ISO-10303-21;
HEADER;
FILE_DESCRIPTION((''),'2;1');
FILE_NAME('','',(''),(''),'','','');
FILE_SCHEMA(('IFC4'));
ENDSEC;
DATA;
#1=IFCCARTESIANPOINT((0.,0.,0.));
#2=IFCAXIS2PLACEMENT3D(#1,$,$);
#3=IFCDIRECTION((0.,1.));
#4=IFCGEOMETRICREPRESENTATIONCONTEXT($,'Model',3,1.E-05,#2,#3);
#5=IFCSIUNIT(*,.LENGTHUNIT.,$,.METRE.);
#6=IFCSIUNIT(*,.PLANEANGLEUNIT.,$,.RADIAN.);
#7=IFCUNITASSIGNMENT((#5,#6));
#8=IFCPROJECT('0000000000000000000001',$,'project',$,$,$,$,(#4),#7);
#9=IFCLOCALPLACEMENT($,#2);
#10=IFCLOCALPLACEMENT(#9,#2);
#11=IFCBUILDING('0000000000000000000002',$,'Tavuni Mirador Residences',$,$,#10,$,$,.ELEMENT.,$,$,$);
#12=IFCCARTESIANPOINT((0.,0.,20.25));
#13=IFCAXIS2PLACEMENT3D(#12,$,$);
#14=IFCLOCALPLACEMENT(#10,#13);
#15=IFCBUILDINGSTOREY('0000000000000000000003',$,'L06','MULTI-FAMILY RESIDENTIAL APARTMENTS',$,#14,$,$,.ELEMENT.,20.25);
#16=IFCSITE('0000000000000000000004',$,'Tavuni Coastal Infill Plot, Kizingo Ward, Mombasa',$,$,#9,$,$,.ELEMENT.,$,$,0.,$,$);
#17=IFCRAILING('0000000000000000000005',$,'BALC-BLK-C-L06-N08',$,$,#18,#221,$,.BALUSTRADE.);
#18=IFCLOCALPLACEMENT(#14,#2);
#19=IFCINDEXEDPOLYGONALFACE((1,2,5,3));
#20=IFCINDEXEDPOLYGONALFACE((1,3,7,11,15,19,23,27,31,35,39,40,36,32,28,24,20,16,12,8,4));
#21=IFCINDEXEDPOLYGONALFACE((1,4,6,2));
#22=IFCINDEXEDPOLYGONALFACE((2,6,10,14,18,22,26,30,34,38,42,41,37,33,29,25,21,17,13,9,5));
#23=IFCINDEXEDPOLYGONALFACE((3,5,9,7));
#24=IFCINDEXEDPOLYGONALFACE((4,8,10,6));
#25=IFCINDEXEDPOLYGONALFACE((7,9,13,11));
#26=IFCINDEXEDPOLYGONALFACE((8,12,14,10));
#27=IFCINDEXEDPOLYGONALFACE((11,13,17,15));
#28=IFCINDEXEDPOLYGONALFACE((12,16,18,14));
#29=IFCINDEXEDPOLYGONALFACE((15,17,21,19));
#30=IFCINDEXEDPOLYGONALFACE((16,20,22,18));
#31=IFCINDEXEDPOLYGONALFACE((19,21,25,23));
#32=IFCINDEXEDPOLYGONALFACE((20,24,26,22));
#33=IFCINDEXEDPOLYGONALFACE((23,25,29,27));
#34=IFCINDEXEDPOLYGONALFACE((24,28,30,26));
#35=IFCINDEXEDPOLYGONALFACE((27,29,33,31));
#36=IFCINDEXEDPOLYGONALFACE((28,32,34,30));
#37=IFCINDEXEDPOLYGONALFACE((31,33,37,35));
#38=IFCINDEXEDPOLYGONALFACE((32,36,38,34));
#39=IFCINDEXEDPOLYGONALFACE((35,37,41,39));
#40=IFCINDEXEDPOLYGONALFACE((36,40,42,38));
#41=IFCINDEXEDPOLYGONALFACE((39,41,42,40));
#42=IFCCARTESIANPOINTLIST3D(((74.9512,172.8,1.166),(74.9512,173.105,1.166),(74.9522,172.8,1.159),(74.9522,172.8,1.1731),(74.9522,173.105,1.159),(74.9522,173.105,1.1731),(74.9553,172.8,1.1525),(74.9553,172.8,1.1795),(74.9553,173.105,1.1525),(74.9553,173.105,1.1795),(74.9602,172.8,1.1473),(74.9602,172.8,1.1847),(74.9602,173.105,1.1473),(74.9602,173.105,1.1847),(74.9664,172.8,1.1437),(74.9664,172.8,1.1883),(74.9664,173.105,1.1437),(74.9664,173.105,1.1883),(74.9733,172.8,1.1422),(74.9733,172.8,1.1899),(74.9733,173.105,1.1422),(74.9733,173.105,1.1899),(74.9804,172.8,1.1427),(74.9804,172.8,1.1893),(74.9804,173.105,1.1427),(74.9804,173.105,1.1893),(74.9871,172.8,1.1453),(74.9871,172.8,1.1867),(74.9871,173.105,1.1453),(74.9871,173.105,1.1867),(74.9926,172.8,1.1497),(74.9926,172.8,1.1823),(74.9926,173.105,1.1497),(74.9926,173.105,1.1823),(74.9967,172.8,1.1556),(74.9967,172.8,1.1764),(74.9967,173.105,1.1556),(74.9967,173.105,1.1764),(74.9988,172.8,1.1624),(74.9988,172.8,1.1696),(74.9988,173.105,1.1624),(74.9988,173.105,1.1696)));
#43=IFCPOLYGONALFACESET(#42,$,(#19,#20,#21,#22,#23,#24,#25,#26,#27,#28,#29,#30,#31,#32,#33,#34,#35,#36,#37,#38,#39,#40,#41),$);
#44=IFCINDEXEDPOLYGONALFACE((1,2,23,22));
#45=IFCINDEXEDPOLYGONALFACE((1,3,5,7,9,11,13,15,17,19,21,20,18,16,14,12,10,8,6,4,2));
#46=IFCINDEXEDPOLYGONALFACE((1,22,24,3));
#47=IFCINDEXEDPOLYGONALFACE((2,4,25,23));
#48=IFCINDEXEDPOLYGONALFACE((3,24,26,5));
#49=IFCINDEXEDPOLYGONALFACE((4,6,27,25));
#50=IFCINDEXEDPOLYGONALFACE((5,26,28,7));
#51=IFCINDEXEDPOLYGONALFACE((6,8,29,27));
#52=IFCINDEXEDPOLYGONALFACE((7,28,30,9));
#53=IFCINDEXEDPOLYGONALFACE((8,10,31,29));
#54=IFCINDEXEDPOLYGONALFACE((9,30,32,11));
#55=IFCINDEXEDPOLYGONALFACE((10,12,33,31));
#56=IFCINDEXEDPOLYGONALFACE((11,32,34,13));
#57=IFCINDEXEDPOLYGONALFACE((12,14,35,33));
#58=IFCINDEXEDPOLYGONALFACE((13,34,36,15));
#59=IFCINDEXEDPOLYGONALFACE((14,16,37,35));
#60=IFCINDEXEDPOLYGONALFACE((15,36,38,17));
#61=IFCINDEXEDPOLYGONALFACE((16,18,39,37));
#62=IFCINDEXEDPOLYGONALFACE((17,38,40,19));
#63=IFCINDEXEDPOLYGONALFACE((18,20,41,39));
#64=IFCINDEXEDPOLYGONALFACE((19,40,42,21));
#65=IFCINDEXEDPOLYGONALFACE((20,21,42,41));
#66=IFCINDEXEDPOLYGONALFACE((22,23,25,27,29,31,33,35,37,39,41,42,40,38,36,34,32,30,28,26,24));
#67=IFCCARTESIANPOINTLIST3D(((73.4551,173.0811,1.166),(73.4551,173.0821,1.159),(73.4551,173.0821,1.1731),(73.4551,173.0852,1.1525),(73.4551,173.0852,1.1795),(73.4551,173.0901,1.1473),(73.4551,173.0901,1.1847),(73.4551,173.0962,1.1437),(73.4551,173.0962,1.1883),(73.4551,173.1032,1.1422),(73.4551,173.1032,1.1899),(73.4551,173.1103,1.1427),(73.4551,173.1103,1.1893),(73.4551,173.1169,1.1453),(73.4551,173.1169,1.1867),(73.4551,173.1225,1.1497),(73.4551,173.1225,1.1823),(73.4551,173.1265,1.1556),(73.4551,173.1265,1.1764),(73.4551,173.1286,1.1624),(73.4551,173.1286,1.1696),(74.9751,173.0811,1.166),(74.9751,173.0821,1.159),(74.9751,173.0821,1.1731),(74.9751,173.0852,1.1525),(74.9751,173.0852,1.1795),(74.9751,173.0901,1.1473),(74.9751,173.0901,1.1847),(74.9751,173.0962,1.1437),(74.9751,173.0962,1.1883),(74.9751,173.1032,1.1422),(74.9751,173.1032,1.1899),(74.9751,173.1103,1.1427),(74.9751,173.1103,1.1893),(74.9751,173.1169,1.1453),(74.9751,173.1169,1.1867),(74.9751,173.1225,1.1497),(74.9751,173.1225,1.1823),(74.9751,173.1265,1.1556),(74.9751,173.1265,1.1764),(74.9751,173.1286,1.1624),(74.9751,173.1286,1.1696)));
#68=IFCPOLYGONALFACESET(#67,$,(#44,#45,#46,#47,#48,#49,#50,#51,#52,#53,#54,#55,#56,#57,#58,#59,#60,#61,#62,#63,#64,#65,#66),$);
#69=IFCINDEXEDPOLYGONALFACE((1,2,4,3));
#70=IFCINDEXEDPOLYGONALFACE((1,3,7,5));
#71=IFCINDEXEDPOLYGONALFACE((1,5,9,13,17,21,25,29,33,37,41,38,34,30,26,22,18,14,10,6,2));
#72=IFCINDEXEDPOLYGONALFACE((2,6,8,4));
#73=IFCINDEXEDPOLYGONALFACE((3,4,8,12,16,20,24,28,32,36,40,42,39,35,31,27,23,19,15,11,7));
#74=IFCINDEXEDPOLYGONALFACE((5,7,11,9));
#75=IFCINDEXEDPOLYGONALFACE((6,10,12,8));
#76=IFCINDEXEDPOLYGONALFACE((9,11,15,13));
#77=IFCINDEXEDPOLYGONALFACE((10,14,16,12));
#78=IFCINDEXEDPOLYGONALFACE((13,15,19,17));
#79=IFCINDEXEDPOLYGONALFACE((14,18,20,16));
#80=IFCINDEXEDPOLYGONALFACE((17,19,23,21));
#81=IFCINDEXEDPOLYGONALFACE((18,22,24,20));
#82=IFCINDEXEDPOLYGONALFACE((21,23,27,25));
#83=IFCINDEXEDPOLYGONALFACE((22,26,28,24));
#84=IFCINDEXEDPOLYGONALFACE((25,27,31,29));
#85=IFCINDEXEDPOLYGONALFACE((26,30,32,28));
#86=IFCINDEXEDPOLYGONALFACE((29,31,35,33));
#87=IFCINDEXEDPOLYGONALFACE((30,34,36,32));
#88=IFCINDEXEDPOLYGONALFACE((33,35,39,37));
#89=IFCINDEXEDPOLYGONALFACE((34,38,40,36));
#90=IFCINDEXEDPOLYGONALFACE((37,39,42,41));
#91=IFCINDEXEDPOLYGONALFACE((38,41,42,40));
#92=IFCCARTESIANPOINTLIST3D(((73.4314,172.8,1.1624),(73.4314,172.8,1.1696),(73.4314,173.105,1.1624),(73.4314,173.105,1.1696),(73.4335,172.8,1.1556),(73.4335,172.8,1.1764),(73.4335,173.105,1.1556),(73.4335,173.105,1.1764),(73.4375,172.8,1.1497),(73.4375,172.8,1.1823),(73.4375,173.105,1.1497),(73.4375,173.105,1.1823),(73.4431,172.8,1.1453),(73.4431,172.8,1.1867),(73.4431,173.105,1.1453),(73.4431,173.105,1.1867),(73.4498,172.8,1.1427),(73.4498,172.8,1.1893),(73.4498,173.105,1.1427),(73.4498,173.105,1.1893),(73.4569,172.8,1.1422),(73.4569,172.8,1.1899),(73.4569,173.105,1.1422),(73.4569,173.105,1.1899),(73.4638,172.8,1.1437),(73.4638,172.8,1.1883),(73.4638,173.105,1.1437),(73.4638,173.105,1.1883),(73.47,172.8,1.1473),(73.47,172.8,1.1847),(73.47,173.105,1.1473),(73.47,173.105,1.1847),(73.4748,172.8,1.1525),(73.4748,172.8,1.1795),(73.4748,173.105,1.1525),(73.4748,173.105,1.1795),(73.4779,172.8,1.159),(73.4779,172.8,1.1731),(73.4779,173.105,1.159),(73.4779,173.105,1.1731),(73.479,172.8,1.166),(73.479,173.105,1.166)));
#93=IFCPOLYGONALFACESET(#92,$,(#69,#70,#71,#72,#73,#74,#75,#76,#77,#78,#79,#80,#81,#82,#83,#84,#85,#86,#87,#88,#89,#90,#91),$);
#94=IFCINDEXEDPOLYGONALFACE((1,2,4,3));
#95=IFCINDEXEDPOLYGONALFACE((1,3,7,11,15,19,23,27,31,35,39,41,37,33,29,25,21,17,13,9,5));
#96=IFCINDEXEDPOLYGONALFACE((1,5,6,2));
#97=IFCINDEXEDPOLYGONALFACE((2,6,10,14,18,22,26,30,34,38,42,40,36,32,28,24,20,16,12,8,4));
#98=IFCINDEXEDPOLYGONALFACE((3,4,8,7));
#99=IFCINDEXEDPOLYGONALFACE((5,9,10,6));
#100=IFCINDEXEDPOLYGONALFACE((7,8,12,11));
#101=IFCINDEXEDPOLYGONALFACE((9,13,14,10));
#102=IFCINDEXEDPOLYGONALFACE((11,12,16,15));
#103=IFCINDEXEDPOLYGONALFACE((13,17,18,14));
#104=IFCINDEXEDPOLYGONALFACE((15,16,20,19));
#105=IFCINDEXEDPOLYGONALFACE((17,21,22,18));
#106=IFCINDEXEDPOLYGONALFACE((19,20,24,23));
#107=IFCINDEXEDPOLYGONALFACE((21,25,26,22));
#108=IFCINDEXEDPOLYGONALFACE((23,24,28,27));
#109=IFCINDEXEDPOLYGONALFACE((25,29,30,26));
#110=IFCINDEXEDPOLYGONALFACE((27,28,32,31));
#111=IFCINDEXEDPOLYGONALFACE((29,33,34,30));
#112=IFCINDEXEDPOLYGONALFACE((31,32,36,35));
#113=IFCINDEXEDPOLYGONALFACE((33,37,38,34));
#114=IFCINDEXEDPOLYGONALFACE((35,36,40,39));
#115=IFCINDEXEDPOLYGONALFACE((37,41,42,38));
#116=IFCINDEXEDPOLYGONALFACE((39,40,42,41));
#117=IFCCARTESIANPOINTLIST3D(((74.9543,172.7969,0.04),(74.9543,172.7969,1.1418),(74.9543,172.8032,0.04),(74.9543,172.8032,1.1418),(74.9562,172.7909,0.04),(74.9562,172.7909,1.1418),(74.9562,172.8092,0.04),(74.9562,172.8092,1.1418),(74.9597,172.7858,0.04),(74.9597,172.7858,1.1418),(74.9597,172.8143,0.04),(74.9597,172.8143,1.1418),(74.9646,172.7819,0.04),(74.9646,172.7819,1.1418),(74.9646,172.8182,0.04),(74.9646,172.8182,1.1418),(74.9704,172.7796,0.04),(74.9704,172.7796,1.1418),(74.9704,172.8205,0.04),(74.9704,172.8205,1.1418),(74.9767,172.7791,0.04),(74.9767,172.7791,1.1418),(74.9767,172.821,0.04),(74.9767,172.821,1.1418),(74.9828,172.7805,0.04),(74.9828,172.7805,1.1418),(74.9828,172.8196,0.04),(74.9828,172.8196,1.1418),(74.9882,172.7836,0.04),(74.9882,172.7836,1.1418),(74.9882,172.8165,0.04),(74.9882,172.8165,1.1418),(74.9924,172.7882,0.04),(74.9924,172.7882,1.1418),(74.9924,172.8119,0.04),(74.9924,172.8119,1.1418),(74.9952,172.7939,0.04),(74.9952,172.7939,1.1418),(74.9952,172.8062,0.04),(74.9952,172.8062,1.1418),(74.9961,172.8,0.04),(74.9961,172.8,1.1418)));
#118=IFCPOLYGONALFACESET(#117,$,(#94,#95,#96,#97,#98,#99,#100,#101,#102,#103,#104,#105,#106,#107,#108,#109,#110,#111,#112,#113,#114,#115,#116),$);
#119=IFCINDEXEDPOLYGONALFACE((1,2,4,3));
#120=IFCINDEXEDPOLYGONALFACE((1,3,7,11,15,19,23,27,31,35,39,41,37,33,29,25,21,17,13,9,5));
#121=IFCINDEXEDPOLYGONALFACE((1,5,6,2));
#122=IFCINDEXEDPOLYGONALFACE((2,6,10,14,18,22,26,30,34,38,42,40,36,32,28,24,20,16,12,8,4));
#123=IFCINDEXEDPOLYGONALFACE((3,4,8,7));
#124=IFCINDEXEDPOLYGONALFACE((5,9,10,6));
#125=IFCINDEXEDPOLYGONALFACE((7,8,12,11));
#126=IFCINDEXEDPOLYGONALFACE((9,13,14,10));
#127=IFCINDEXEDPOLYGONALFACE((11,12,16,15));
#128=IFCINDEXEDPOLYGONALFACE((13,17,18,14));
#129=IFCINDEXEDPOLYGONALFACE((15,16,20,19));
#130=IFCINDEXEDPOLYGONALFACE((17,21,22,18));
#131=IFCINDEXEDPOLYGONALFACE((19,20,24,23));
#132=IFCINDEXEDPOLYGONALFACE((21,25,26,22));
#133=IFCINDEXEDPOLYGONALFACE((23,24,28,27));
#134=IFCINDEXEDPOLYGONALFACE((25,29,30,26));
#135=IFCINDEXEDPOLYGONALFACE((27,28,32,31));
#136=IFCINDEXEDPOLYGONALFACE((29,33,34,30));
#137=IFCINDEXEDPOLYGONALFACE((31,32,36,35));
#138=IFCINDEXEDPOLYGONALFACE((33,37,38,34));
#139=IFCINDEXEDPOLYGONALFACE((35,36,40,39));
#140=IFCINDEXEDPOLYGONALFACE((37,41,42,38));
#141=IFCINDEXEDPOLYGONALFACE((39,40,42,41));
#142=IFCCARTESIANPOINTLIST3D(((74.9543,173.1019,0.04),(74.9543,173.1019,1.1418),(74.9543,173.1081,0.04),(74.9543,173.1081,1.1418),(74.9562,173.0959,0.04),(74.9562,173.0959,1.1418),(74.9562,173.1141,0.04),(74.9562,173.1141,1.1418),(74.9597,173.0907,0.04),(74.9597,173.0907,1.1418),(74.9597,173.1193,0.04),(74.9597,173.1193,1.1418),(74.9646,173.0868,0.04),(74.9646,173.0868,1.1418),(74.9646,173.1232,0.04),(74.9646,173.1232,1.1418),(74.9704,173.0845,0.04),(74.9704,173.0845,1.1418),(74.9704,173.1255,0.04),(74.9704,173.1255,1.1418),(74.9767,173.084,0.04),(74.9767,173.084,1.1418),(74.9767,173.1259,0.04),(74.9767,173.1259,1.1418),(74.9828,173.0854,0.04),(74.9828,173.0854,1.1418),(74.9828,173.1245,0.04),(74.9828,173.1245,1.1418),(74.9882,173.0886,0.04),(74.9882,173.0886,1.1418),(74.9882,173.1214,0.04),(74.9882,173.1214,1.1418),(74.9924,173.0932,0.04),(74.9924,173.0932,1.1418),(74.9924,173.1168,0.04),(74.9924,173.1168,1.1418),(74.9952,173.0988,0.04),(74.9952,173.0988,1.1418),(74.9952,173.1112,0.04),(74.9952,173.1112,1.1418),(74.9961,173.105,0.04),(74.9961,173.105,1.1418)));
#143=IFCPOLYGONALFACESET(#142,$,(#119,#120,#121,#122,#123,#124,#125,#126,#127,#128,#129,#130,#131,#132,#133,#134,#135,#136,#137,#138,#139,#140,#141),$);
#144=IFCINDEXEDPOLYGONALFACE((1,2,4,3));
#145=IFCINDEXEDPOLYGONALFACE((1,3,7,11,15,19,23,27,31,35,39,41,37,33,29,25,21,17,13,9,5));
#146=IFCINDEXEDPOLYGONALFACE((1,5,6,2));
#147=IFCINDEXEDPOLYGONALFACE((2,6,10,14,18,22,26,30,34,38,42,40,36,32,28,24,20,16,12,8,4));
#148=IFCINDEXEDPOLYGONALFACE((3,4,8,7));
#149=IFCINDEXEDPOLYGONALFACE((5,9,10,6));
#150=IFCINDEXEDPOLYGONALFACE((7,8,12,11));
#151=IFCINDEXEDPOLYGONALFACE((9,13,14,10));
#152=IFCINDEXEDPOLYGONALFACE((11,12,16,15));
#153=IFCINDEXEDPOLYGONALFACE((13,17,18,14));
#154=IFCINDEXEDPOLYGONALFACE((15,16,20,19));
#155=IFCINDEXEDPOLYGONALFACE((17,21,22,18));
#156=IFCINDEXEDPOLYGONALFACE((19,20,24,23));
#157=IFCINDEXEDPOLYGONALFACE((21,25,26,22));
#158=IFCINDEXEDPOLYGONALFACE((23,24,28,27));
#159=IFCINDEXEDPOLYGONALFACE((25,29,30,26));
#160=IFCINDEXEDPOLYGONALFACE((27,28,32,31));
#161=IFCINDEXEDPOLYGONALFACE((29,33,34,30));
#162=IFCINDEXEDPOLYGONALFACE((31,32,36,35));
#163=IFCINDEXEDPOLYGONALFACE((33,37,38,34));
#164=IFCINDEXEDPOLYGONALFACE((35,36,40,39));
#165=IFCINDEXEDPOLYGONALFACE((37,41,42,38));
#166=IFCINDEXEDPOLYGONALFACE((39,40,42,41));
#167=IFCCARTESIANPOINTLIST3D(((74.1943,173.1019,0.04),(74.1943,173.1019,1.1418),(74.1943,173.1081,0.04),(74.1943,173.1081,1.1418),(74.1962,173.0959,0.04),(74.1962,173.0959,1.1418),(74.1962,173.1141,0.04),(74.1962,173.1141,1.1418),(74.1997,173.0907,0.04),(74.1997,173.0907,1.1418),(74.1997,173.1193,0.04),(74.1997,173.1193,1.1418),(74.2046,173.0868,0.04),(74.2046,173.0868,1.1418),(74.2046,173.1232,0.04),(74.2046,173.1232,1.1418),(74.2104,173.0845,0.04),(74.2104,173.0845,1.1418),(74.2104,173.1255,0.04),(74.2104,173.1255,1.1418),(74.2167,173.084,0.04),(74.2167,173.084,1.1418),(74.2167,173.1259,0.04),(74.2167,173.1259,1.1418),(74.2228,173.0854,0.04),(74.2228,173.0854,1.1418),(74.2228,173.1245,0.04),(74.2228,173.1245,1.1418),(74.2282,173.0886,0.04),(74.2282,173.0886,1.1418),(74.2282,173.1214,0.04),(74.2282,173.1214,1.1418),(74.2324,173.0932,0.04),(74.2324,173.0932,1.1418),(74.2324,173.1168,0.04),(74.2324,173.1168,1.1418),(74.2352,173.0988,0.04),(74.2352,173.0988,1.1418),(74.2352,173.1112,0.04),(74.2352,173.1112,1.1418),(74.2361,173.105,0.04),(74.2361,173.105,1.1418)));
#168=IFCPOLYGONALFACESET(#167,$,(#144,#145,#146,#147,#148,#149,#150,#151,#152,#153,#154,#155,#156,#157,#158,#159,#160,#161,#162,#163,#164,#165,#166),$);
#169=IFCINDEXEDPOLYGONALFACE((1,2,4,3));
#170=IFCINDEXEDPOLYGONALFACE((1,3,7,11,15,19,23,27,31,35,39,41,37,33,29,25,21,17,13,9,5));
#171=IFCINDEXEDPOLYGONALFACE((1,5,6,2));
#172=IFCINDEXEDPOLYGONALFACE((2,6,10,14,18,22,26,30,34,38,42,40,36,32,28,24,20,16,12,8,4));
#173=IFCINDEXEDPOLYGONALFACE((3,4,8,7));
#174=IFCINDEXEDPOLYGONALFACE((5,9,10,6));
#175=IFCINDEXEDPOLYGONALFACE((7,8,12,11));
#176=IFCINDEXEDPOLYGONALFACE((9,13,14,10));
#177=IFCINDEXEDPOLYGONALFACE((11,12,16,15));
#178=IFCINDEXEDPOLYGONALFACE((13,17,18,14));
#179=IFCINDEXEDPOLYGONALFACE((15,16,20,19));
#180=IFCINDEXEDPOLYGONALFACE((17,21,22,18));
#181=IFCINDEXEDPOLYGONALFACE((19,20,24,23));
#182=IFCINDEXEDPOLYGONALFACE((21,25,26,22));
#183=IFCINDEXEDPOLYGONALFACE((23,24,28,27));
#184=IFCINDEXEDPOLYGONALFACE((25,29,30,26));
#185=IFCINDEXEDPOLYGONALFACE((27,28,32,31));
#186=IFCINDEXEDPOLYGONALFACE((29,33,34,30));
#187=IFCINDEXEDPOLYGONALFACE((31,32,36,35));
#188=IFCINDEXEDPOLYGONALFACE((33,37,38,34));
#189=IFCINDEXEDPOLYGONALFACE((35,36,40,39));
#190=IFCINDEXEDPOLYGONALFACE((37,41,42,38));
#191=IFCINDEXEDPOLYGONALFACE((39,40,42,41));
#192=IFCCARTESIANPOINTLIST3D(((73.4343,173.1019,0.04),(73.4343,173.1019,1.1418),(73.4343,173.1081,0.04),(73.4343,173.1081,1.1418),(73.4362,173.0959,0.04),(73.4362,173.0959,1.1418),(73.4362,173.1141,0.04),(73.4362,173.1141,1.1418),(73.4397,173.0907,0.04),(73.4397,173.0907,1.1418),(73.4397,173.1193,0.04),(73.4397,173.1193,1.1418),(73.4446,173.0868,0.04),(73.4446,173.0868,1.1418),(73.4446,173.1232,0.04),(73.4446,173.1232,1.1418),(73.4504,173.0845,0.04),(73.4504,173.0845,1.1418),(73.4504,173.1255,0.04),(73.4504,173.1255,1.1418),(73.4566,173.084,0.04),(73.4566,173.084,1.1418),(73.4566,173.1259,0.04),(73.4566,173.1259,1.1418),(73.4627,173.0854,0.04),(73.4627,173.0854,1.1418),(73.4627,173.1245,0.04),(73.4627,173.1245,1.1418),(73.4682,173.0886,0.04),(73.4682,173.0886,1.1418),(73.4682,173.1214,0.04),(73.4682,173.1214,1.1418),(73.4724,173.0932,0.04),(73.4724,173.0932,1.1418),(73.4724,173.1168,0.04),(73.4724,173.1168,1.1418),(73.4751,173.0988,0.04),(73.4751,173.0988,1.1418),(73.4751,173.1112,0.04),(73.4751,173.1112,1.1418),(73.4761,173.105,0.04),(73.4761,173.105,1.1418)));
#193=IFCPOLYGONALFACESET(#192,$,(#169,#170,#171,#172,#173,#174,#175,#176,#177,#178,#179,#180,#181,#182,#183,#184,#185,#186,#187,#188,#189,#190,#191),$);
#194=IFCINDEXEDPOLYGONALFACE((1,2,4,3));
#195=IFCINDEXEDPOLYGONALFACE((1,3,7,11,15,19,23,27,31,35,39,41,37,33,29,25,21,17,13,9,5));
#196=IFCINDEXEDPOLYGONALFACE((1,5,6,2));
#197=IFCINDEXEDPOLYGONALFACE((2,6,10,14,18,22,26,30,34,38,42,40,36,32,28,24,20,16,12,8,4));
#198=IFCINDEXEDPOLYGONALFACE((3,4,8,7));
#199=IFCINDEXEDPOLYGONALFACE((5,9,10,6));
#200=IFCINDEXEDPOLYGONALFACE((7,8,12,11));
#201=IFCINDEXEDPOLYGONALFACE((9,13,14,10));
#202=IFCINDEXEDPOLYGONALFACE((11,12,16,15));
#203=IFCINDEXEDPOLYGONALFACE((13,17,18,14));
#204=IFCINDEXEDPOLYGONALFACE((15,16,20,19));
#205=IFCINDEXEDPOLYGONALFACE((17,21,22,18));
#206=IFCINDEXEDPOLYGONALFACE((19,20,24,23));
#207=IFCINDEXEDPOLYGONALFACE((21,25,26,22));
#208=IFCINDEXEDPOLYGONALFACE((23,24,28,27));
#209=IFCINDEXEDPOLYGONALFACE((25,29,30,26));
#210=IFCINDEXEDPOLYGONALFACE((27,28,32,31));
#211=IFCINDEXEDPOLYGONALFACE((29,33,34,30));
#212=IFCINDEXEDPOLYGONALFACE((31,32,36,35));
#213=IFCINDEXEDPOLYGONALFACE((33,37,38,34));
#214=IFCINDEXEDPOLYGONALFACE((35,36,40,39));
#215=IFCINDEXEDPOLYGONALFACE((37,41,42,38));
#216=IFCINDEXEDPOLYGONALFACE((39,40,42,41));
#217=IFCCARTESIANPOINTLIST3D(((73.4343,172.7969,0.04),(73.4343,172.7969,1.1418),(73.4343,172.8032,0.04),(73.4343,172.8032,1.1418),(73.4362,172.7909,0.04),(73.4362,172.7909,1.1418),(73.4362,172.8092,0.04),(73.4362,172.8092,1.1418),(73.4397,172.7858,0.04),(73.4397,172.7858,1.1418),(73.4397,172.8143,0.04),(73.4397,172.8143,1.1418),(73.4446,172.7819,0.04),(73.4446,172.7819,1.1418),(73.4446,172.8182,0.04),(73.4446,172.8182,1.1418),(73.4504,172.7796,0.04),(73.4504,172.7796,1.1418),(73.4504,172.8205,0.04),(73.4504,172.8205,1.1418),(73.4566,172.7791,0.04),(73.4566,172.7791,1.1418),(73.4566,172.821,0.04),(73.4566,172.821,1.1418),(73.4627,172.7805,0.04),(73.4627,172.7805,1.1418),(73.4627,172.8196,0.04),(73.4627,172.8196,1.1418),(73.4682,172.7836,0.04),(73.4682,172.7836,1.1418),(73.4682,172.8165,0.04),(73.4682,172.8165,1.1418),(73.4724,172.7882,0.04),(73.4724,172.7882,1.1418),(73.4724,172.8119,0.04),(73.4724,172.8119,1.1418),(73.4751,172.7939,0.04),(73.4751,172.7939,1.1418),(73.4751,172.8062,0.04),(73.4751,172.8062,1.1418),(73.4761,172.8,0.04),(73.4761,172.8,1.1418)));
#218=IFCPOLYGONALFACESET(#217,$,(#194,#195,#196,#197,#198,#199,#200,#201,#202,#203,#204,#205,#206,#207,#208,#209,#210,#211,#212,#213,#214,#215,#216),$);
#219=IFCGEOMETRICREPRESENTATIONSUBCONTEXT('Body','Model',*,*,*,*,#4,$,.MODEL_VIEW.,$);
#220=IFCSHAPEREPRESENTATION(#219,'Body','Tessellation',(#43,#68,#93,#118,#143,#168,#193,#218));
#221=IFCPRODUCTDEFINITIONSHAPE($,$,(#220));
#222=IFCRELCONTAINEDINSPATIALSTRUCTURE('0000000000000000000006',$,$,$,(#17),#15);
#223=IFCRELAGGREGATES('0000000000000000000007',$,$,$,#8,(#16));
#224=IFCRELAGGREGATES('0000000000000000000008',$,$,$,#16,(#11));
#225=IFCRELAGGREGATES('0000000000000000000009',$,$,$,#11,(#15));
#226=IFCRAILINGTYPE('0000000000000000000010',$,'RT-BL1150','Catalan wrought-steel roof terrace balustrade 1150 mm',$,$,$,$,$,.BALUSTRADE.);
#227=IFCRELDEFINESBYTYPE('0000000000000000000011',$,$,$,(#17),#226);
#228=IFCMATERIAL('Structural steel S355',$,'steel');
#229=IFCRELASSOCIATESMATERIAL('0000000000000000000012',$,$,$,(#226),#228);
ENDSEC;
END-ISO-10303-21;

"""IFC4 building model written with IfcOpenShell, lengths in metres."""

from ifc_helpers import new_model, si_unit, direction, frame, origin, origin_2d, place, context, subcontext, project, spatial, circle, extrude, material, type_object, element, save


model = new_model("IFC4")

# Units and contexts
model_context = context("Model", 3, precision=1e-05, world=origin(), true_north=direction((0.0, 1.0)))
body_context = subcontext(model_context, "Body", "Model", "MODEL_VIEW")
ifc_project = project(units=[si_unit("LENGTHUNIT", "METRE"), si_unit("PLANEANGLEUNIT", "RADIAN")], contexts=[model_context])

# Site, building, storey
site_placement = place(None, origin())
site = spatial("IfcSite", under=ifc_project, at=site_placement, Name="Tavuni Coastal Infill Plot, Kizingo Ward, Mombasa", CompositionType="ELEMENT", RefElevation=0.0)
building_placement = place(site_placement, origin())
building = spatial("IfcBuilding", under=site, at=building_placement, Name="Tavuni Mirador Residences", CompositionType="ELEMENT")
storey_placement = place(building_placement, frame((0.0, 0.0, 20.25)))
storey = spatial("IfcBuildingStorey", under=building, at=storey_placement, Name="L06", Description="MULTI-FAMILY RESIDENTIAL APARTMENTS", CompositionType="ELEMENT", Elevation=20.25)

# Railing
ifc_material_1 = material(Name="Structural steel S355", Category="steel")
railing_type = type_object("IfcRailingType", Name="RT-BL1150", Description="Catalan wrought-steel roof terrace balustrade 1150 mm", PredefinedType="BALUSTRADE", material=ifc_material_1)
railing_placement = place(storey_placement, frame((74.9751, 172.8, 0.04)))
element("IfcRailing", 1, at=railing_placement, inside=storey, type_object=railing_type, Name="BALC-BLK-C-L06-N08", PredefinedType="BALUSTRADE", context=body_context, shape_type="SweptSolid", body=[
    extrude(circle(Radius=0.0239, at=origin_2d()), frame((0.0, 0.0, 1.126), z_axis=(0.0, 1.0, 0.0), x_axis=(-1.0, 0.0, 0.0)), (0.0, 0.0, 1.0), 0.3049),
    extrude(circle(Radius=0.0239, at=origin_2d()), frame((0.0, 0.3049, 1.126), z_axis=(-1.0, 0.0, 0.0), x_axis=(0.0, -1.0, 0.0)), (0.0, 0.0, 1.0), 1.52),
    extrude(circle(Radius=0.0239, at=origin_2d()), frame((-1.52, 0.3049, 1.126), z_axis=(0.0, -1.0, 0.0), x_axis=(1.0, 0.0, 0.0)), (0.0, 0.0, 1.0), 0.3049),
    extrude(circle(Radius=0.021, at=origin_2d()), origin(), (0.0, 0.0, 1.0), 1.1018),
    extrude(circle(Radius=0.021, at=origin_2d()), frame((0.0, 0.3049, 0.0)), (0.0, 0.0, 1.0), 1.1018),
    extrude(circle(Radius=0.021, at=origin_2d()), frame((-0.76, 0.3049, 0.0)), (0.0, 0.0, 1.0), 1.1018),
    extrude(circle(Radius=0.021, at=origin_2d()), frame((-1.52, 0.3049, 0.0)), (0.0, 0.0, 1.0), 1.1018),
    extrude(circle(Radius=0.021, at=origin_2d()), frame((-1.52, 0.0, 0.0)), (0.0, 0.0, 1.0), 1.1018),
])

save(model, "model.ifc")
